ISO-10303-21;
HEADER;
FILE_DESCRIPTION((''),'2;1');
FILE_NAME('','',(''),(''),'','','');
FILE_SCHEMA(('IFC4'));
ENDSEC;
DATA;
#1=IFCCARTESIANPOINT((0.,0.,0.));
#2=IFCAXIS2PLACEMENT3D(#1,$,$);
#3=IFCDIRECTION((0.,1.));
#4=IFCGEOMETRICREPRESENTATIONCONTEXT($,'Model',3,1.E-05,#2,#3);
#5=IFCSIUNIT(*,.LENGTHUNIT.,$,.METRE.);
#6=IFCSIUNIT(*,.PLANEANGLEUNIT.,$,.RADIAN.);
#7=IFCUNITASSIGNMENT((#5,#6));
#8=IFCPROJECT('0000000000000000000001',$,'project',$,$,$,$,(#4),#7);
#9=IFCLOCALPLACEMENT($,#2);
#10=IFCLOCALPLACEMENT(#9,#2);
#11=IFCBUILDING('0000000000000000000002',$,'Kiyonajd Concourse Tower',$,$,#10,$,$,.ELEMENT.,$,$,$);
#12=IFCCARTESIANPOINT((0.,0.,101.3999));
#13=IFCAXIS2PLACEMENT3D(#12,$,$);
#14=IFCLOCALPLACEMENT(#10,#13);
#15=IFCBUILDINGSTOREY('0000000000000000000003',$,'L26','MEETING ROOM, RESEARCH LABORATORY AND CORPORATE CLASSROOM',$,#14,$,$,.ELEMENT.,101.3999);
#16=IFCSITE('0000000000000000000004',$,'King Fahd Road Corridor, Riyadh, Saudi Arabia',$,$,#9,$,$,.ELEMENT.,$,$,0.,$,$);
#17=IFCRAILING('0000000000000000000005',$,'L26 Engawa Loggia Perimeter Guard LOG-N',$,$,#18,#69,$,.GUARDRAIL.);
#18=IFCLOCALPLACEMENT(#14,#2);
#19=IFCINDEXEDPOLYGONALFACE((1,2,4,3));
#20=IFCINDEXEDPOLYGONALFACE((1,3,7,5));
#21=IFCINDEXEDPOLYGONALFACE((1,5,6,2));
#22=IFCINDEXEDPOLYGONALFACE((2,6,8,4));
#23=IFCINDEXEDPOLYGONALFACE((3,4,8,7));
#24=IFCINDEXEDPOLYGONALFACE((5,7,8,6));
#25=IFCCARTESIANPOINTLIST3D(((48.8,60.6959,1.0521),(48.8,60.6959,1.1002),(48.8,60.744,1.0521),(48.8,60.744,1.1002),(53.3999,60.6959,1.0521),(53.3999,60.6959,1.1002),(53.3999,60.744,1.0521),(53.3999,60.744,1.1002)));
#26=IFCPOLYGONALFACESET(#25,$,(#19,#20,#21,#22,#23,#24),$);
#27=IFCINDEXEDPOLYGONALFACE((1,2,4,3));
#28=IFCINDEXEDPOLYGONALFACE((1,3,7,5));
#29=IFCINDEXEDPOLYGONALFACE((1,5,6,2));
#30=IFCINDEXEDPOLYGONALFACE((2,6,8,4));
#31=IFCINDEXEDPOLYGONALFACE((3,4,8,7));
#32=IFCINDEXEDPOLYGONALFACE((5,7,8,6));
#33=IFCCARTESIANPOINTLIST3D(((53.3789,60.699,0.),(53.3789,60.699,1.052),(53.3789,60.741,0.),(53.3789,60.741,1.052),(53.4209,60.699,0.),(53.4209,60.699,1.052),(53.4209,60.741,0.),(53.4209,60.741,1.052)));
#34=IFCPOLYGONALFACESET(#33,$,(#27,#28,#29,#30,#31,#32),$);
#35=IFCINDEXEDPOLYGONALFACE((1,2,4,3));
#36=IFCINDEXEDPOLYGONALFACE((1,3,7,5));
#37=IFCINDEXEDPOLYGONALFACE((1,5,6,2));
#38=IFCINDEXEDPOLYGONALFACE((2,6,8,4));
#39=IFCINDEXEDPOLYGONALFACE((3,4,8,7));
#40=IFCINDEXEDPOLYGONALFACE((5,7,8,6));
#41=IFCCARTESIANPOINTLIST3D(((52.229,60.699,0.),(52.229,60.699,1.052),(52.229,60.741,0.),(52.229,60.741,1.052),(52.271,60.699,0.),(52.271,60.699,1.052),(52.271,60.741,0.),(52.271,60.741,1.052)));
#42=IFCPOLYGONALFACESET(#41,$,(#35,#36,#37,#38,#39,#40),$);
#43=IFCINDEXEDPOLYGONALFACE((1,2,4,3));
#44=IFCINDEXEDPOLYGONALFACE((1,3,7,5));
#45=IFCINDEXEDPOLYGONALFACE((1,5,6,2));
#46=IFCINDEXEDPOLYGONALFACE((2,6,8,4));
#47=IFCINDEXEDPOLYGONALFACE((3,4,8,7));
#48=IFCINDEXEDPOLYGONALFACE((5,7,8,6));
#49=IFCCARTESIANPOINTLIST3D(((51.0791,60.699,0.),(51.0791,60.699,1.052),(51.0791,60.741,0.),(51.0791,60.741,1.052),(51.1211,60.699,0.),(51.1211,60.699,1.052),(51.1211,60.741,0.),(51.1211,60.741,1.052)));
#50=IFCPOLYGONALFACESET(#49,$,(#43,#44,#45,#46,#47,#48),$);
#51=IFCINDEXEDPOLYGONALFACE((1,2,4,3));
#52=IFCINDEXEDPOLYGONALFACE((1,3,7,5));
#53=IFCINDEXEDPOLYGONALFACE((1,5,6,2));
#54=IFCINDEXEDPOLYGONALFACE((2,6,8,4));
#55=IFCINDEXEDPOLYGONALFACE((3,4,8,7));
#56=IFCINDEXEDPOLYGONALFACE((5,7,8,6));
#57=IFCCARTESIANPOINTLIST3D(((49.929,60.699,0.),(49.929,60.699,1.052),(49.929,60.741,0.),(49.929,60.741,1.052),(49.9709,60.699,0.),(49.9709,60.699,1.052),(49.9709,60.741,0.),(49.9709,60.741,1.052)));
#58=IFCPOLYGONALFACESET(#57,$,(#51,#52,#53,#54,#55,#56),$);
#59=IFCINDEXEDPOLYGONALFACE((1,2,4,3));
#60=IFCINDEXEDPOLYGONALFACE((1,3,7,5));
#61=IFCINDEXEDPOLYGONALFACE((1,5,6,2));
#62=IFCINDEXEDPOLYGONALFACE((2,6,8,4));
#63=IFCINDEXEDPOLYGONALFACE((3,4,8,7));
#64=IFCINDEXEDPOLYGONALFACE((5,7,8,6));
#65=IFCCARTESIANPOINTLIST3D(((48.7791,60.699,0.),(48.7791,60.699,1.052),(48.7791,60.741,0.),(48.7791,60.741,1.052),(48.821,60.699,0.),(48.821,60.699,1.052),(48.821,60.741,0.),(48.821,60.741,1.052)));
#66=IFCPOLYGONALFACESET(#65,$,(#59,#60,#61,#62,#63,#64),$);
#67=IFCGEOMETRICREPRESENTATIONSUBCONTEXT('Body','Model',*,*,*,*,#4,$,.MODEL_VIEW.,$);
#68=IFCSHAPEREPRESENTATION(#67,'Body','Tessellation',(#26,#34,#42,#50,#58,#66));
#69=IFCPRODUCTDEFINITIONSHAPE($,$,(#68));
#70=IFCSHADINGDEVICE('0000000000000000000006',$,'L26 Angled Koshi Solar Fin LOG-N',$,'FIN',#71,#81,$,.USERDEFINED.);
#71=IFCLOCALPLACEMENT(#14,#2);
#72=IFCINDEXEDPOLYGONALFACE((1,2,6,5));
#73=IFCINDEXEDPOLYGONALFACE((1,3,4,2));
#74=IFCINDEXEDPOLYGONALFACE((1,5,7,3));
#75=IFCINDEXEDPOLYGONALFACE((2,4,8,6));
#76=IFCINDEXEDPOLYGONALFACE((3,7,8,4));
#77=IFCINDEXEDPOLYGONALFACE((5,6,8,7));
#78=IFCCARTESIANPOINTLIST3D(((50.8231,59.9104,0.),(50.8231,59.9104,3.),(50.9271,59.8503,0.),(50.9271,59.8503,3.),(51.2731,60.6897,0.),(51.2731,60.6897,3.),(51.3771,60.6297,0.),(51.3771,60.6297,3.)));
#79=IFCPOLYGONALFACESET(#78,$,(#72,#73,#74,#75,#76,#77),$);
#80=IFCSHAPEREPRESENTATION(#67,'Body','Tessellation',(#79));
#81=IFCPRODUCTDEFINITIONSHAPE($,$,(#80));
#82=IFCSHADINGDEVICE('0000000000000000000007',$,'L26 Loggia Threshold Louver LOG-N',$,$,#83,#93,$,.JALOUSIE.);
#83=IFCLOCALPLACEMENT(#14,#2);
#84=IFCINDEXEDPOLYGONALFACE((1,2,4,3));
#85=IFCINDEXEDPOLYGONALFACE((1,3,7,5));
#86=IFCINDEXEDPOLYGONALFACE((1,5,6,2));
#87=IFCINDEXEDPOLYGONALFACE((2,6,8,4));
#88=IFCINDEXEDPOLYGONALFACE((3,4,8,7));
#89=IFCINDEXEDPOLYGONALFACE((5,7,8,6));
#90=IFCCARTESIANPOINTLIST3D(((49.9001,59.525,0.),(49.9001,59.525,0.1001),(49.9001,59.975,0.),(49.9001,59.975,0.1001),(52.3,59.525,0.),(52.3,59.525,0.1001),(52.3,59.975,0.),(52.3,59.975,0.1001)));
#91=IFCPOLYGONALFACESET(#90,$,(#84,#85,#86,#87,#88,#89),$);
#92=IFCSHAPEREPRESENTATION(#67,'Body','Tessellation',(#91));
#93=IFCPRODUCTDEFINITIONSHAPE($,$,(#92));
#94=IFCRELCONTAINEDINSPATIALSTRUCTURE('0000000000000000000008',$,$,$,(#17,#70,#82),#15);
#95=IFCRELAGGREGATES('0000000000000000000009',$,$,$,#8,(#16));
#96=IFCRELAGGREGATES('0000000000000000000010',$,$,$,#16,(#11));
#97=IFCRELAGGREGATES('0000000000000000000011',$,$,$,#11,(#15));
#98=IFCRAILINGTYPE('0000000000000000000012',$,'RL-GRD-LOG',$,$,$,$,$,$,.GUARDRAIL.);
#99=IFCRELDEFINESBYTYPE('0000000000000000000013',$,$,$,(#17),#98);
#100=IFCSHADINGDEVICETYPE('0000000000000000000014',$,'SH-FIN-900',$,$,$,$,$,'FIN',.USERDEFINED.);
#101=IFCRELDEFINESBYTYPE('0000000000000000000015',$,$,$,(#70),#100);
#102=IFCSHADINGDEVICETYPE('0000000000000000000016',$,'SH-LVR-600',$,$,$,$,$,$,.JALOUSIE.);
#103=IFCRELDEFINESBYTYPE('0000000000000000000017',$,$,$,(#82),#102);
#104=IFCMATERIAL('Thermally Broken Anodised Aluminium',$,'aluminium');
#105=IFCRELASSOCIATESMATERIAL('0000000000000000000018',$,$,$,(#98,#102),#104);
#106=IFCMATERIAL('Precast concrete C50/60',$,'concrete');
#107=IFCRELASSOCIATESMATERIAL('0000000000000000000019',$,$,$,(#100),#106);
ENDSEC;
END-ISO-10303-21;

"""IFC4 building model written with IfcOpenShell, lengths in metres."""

from ifc_helpers import new_model, si_unit, direction, frame, origin, origin_2d, place, context, subcontext, project, spatial, rectangle, extrude, material, type_object, element, save


model = new_model("IFC4")

# Units and contexts
model_context = context("Model", 3, precision=1e-05, world=origin(), true_north=direction((0.0, 1.0)))
body_context = subcontext(model_context, "Body", "Model", "MODEL_VIEW")
ifc_project = project(units=[si_unit("LENGTHUNIT", "METRE"), si_unit("PLANEANGLEUNIT", "RADIAN")], contexts=[model_context])

# Site, building, storey
site_placement = place(None, origin())
site = spatial("IfcSite", under=ifc_project, at=site_placement, Name="King Fahd Road Corridor, Riyadh, Saudi Arabia", CompositionType="ELEMENT", RefElevation=0.0)
building_placement = place(site_placement, origin())
building = spatial("IfcBuilding", under=site, at=building_placement, Name="Kiyonajd Concourse Tower", CompositionType="ELEMENT")
storey_placement = place(building_placement, frame((0.0, 0.0, 101.3999)))
storey = spatial("IfcBuildingStorey", under=building, at=storey_placement, Name="L26", Description="MEETING ROOM, RESEARCH LABORATORY AND CORPORATE CLASSROOM", CompositionType="ELEMENT", Elevation=101.3999)

# Shared definitions
ifc_material_1 = material(Name="Precast concrete C50/60", Category="concrete")

# Shared definitions
ifc_material_2 = material(Name="Thermally Broken Anodised Aluminium", Category="aluminium")

# Railing
railing_type = type_object("IfcRailingType", Name="RL-GRD-LOG", PredefinedType="GUARDRAIL", material=ifc_material_2)
railing_placement = place(storey_placement, frame((53.3999, 60.72, 0.0)))
element("IfcRailing", 1, at=railing_placement, inside=storey, type_object=railing_type, Name="L26 Engawa Loggia Perimeter Guard LOG-N", PredefinedType="GUARDRAIL", context=body_context, shape_type="SweptSolid", body=[
    extrude(rectangle(XDim=0.0481, YDim=0.0481, at=origin_2d()), frame((0.0, 0.0, 1.0762), z_axis=(-1.0, 0.0, 0.0), x_axis=(0.0, -1.0, 0.0)), (0.0, 0.0, 1.0), 4.5999),
    extrude(rectangle(XDim=0.042, YDim=0.042, at=origin_2d()), origin(), (0.0, 0.0, 1.0), 1.052),
    extrude(rectangle(XDim=0.042, YDim=0.042, at=origin_2d()), frame((-1.1499, 0.0, 0.0)), (0.0, 0.0, 1.0), 1.052),
    extrude(rectangle(XDim=0.042, YDim=0.042, at=origin_2d()), frame((-2.2998, 0.0, 0.0)), (0.0, 0.0, 1.0), 1.052),
    extrude(rectangle(XDim=0.042, YDim=0.042, at=origin_2d()), frame((-3.45, 0.0, 0.0)), (0.0, 0.0, 1.0), 1.052),
    extrude(rectangle(XDim=0.042, YDim=0.042, at=origin_2d()), frame((-4.5999, 0.0, 0.0)), (0.0, 0.0, 1.0), 1.052),
])

# Shading devices
shading_device_type_1 = type_object("IfcShadingDeviceType", Name="SH-FIN-900", ElementType="FIN", PredefinedType="USERDEFINED", material=ifc_material_1)
shading_device_1_placement = place(storey_placement, frame((51.1001, 60.27, 0.0), z_axis=(0.0, 0.0, 1.0), x_axis=(0.5, 0.866025, 0.0)))
element("IfcShadingDevice", 2, at=shading_device_1_placement, inside=storey, type_object=shading_device_type_1, Name="L26 Angled Koshi Solar Fin LOG-N", ObjectType="FIN", PredefinedType="USERDEFINED", context=body_context, shape_type="SweptSolid", body=[
    extrude(rectangle(XDim=0.8999, YDim=0.1201, at=origin_2d()), origin(), (0.0, 0.0, 1.0), 3.0),
])
shading_device_type_2 = type_object("IfcShadingDeviceType", Name="SH-LVR-600", PredefinedType="JALOUSIE", material=ifc_material_2)
shading_device_2_placement = place(storey_placement, frame((51.1001, 59.75, 0.0), z_axis=(0.0, 0.0, 1.0), x_axis=(1.0, 0.0, 0.0)))
element("IfcShadingDevice", 3, at=shading_device_2_placement, inside=storey, type_object=shading_device_type_2, Name="L26 Loggia Threshold Louver LOG-N", PredefinedType="JALOUSIE", context=body_context, shape_type="SweptSolid", body=[
    extrude(rectangle(XDim=2.3999, YDim=0.45, at=origin_2d()), origin(), (0.0, 0.0, 1.0), 0.1001),
])

save(model, "model.ifc")
